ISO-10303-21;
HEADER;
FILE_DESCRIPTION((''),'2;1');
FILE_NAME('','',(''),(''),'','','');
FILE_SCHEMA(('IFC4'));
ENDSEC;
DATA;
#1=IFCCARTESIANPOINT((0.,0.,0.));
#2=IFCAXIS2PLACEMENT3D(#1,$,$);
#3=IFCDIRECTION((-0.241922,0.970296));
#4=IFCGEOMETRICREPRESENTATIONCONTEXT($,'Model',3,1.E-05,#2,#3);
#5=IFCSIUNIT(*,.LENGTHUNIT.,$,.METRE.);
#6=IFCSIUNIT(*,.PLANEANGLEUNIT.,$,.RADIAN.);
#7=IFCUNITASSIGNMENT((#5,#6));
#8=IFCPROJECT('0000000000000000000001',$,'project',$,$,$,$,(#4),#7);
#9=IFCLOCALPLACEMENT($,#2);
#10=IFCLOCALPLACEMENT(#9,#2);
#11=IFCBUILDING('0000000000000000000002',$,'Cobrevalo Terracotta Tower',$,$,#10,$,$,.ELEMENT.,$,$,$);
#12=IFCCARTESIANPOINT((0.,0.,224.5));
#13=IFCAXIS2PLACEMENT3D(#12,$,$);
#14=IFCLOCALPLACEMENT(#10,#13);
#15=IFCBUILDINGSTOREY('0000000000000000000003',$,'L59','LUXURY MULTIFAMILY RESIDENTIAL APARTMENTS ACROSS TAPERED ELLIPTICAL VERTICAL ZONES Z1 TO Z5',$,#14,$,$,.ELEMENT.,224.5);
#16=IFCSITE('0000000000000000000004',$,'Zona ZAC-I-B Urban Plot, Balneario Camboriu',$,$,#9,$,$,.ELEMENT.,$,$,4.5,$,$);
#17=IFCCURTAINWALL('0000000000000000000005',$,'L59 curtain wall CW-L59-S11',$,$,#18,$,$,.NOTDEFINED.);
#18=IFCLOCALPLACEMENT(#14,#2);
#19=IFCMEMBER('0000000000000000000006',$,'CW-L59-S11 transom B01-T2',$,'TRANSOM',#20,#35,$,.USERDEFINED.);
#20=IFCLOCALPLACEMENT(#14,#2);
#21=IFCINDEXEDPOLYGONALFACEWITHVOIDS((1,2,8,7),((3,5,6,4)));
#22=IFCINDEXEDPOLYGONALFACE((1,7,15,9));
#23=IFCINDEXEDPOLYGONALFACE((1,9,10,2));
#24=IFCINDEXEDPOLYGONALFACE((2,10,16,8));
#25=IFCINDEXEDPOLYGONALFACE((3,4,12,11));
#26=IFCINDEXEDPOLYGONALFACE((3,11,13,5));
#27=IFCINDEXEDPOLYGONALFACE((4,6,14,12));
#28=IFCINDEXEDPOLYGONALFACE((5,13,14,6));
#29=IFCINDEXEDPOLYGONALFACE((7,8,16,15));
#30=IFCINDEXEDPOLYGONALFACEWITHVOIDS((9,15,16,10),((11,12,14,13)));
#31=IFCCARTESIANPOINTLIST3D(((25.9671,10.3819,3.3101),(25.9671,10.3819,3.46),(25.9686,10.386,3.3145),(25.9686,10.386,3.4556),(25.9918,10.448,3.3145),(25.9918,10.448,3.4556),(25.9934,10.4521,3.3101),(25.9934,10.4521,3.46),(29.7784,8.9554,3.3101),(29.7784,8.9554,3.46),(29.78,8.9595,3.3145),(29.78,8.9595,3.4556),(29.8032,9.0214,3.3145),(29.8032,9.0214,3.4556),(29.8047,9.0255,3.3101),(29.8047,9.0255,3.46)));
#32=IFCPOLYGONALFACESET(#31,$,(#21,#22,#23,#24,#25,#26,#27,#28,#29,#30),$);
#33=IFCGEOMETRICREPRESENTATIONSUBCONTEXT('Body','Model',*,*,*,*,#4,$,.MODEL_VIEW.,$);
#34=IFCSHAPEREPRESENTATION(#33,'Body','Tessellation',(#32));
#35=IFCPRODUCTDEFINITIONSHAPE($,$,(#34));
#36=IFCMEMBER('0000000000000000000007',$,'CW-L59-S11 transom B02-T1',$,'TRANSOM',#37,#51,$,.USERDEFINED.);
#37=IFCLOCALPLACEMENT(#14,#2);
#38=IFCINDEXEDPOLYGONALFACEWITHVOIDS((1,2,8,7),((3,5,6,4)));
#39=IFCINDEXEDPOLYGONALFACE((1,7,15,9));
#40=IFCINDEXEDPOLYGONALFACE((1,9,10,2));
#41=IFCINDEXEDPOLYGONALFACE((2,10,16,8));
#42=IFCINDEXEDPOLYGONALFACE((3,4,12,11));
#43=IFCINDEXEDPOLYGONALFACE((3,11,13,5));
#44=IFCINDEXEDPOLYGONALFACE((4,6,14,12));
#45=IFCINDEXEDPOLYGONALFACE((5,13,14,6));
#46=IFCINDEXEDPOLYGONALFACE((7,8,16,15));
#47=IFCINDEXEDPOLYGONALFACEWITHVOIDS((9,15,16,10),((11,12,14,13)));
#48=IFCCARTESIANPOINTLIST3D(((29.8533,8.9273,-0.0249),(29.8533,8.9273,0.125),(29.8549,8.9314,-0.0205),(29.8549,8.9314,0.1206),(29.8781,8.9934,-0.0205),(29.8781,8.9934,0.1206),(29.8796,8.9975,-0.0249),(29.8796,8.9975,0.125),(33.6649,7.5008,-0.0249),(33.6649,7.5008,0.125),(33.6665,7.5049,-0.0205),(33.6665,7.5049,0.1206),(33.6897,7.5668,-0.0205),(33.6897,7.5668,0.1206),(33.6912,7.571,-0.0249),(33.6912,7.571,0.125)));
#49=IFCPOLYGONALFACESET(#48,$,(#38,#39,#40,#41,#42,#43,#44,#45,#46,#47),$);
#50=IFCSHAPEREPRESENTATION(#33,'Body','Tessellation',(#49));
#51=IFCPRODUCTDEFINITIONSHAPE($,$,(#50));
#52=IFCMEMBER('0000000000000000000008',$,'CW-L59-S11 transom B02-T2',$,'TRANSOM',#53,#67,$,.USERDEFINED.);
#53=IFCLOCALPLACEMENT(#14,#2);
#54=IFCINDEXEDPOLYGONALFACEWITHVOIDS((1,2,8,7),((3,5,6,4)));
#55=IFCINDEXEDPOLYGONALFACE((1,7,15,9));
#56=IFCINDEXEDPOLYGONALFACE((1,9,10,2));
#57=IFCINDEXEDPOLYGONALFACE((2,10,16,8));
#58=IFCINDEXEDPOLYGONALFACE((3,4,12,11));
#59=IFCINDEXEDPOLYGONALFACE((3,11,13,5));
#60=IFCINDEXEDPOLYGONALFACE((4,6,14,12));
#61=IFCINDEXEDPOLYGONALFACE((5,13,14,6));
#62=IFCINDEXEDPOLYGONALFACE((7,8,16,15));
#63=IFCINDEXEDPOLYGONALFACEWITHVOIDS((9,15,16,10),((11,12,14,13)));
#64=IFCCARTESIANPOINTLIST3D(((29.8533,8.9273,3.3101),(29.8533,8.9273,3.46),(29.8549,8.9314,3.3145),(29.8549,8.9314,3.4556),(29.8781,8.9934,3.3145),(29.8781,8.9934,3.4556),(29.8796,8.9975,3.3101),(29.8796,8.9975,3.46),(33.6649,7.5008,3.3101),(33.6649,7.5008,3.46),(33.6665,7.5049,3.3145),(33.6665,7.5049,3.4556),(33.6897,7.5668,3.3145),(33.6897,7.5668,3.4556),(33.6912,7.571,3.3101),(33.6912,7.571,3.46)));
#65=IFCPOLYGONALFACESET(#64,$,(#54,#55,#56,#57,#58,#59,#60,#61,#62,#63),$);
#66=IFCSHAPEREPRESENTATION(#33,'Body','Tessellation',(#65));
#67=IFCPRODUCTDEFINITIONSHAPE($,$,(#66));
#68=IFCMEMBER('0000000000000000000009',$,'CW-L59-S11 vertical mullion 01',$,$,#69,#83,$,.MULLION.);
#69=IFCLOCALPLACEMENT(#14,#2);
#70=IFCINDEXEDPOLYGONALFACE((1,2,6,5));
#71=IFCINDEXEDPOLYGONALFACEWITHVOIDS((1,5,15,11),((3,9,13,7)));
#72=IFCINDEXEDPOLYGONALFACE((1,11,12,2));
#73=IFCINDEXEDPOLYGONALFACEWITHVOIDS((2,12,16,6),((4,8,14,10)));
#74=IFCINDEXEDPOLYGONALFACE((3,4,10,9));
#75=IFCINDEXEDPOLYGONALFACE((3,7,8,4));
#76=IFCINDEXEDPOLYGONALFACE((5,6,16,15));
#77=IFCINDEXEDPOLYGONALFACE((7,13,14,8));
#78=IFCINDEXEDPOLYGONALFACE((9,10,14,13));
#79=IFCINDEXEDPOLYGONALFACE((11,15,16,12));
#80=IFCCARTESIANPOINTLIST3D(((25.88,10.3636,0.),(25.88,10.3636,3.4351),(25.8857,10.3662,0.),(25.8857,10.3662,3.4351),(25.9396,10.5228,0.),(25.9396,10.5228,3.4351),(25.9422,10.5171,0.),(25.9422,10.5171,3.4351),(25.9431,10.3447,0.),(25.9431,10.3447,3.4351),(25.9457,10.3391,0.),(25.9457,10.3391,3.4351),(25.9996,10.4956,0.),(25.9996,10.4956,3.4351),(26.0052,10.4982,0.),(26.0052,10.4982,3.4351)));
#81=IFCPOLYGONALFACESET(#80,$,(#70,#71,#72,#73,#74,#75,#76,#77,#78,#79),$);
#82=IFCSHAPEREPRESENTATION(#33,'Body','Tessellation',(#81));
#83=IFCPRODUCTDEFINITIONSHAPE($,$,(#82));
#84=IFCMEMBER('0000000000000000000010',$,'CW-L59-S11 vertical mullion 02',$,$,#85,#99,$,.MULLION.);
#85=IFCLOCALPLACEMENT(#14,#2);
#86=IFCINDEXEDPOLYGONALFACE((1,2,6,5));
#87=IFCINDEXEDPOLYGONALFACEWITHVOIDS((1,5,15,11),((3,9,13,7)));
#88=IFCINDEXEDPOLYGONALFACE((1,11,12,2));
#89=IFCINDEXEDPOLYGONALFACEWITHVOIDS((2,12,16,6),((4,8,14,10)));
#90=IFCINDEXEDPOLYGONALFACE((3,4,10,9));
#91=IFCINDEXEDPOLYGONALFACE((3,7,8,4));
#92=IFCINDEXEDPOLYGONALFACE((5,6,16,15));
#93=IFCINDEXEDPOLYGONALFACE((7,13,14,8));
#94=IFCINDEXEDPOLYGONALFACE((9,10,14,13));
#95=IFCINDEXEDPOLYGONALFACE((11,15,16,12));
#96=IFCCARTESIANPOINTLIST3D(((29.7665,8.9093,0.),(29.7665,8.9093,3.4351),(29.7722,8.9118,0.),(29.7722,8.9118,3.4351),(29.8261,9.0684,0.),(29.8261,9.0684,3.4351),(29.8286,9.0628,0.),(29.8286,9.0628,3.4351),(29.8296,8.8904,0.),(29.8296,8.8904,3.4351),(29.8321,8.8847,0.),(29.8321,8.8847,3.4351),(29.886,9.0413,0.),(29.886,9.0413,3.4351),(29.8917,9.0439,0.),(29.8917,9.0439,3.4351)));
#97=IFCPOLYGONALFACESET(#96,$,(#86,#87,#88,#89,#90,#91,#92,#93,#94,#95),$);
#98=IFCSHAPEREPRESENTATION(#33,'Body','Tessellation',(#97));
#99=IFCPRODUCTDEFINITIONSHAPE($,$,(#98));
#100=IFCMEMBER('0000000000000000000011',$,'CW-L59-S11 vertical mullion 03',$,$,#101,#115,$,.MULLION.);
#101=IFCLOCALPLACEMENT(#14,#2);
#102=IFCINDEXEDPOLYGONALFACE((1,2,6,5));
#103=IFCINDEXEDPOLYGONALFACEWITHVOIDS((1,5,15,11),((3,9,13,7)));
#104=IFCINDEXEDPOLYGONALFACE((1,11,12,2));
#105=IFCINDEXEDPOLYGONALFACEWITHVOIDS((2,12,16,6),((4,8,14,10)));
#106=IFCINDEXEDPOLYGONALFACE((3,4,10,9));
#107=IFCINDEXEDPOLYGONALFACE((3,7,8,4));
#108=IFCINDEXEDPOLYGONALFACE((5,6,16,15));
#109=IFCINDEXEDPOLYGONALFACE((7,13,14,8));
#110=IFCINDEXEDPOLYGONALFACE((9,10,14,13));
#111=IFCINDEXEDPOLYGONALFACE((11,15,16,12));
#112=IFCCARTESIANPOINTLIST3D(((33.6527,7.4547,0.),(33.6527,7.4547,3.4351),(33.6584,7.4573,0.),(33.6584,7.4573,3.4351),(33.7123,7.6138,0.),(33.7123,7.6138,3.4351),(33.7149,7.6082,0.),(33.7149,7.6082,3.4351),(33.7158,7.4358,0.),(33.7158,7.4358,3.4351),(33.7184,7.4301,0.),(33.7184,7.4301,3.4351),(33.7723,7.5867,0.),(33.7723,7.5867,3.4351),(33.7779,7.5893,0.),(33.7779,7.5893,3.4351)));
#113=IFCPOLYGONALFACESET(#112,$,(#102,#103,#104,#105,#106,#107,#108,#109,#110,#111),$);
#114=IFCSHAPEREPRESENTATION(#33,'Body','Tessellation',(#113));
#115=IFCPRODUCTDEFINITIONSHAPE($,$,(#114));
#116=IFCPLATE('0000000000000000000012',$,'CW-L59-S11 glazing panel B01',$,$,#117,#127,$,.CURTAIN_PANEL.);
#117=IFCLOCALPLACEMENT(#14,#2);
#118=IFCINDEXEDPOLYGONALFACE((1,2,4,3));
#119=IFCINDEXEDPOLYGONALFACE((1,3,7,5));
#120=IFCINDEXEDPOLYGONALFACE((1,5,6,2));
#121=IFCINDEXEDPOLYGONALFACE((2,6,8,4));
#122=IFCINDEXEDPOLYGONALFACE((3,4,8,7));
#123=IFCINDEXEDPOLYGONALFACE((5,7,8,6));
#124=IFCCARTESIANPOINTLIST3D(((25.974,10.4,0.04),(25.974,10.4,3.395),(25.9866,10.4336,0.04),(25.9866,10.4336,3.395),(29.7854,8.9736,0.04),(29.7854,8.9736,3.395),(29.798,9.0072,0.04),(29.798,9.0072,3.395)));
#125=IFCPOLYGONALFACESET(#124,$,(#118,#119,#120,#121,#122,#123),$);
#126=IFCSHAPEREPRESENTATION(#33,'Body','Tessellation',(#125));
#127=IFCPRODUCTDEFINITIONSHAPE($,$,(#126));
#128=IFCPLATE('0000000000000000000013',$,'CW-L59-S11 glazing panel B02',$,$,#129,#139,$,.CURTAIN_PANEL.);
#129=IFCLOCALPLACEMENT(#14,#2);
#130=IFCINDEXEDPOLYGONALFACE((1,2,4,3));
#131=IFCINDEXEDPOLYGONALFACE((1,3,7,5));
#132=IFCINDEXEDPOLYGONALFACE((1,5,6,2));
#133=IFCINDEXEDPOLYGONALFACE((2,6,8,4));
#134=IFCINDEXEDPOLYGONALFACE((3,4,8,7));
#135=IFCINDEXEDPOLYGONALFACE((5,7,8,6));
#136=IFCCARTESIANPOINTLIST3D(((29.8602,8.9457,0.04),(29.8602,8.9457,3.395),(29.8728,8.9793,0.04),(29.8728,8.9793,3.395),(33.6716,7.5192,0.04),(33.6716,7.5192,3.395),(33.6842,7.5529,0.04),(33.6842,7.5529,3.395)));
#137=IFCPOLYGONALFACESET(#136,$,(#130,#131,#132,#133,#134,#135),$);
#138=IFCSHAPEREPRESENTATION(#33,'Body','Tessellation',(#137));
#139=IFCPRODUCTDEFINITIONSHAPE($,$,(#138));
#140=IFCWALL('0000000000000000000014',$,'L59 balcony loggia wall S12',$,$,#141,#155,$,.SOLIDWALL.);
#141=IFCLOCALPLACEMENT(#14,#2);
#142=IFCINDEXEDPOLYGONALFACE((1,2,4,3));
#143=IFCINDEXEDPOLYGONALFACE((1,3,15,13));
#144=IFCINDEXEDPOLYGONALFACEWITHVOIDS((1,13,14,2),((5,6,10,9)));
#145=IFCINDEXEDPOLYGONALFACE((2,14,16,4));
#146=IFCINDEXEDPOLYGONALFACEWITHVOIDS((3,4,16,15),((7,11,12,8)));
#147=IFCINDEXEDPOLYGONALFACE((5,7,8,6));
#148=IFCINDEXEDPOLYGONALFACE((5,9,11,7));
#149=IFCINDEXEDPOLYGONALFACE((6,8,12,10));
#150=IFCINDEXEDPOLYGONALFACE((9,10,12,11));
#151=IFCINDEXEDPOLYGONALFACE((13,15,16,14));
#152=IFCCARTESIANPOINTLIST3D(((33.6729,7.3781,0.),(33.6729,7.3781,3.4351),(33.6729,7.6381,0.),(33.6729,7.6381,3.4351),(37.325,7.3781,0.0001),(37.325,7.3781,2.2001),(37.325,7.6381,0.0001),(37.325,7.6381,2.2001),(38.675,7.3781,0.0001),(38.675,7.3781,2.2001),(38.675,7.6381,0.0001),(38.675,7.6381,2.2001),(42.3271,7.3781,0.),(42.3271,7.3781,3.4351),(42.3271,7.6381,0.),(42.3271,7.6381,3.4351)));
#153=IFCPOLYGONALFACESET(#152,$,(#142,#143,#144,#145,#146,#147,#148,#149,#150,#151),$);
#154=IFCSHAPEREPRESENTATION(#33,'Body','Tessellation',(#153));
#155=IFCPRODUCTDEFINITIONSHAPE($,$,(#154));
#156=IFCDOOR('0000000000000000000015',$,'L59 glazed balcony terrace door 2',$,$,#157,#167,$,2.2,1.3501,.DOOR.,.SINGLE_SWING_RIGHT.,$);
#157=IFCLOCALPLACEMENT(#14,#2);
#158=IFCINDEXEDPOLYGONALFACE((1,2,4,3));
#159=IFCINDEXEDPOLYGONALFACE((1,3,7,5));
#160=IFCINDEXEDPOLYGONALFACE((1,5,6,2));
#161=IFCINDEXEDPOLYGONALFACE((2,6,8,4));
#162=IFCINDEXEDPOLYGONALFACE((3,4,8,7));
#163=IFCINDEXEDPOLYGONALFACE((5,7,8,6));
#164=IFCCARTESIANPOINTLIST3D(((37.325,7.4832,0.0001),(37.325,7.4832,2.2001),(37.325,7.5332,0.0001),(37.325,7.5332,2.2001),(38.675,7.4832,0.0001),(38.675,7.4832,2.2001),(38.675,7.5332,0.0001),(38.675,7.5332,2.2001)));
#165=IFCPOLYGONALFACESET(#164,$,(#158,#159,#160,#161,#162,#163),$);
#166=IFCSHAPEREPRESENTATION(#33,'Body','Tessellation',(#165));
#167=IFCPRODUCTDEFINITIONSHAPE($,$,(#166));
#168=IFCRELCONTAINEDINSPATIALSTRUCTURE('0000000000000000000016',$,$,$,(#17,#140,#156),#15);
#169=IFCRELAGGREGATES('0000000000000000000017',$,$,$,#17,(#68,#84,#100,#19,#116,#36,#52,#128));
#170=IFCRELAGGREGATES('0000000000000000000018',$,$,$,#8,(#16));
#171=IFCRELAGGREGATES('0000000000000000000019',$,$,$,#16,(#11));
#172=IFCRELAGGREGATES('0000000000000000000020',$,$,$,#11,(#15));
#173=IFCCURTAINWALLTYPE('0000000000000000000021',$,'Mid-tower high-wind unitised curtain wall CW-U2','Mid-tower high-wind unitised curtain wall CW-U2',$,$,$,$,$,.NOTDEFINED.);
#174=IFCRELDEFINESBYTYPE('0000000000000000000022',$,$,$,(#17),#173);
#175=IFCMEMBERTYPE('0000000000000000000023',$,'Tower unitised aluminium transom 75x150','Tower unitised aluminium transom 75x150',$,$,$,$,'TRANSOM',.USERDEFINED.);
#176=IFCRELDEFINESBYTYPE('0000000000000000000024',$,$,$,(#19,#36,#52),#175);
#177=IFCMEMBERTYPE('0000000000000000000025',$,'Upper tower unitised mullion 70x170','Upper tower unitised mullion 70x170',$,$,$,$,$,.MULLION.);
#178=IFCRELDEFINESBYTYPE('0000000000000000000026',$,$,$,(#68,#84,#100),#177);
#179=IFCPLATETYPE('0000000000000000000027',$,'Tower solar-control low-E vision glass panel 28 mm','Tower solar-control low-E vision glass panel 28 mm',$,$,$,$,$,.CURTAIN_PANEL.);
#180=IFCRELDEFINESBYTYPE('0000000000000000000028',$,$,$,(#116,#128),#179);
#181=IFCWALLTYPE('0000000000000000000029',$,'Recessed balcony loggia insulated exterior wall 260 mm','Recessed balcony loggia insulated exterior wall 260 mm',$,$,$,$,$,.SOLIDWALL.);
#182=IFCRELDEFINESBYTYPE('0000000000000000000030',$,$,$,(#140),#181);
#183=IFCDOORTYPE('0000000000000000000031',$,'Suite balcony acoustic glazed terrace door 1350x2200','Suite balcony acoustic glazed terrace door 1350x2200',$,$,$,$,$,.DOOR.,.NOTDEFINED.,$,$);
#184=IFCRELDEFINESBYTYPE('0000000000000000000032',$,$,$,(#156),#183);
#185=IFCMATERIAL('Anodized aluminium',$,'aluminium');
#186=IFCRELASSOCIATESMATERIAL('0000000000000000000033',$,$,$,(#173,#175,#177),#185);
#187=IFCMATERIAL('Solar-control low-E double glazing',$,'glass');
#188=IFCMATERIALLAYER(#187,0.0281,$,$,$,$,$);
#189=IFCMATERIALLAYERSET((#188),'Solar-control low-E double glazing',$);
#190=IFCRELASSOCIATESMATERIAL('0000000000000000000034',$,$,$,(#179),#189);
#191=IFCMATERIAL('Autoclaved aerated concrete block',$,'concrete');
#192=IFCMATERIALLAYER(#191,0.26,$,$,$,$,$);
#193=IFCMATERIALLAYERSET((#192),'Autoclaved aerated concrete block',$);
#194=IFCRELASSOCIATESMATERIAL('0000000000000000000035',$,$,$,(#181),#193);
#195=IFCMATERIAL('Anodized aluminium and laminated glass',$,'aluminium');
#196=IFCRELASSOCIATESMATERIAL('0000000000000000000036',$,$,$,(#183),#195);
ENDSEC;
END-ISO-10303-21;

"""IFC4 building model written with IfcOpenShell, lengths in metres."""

from ifc_helpers import new_model, si_unit, direction, frame, frame_2d, origin, origin_2d, place, context, subcontext, project, spatial, rectangle, hollow_rectangle, extrude, source, transform, mapped, material, layer, layer_set, material_profile, profile_set, type_object, element, fill, aggregate, save


model = new_model("IFC4")

# Units and contexts
model_context = context("Model", 3, precision=1e-05, world=origin(), true_north=direction((-0.241922, 0.970296)))
body_context = subcontext(model_context, "Body", "Model", "MODEL_VIEW")
ifc_project = project(units=[si_unit("LENGTHUNIT", "METRE"), si_unit("PLANEANGLEUNIT", "RADIAN")], contexts=[model_context])

# Site, building, storey
site_placement = place(None, origin())
site = spatial("IfcSite", under=ifc_project, at=site_placement, Name="Zona ZAC-I-B Urban Plot, Balneario Camboriu", CompositionType="ELEMENT", RefElevation=4.5)
building_placement = place(site_placement, origin())
building = spatial("IfcBuilding", under=site, at=building_placement, Name="Cobrevalo Terracotta Tower", CompositionType="ELEMENT")
storey_placement = place(building_placement, frame((0.0, 0.0, 224.5)))
storey = spatial("IfcBuildingStorey", under=building, at=storey_placement, Name="L59", Description="LUXURY MULTIFAMILY RESIDENTIAL APARTMENTS ACROSS TAPERED ELLIPTICAL VERTICAL ZONES Z1 TO Z5", CompositionType="ELEMENT", Elevation=224.5)

# Curtain wall, members, plates
ifc_material_1 = material(Name="Anodized aluminium", Category="aluminium")
curtain_wall_type = type_object("IfcCurtainWallType", Name="Mid-tower high-wind unitised curtain wall CW-U2", Description="Mid-tower high-wind unitised curtain wall CW-U2", PredefinedType="NOTDEFINED", material=ifc_material_1)
curtain_wall_placement = place(storey_placement, origin())
curtain_wall = element("IfcCurtainWall", 1, at=curtain_wall_placement, inside=storey, type_object=curtain_wall_type, Name="L59 curtain wall CW-L59-S11", PredefinedType="NOTDEFINED")
ifc_material_profile_1 = material_profile(ifc_material_1, hollow_rectangle(XDim=0.075, YDim=0.1499, WallThickness=0.0044, at=origin_2d()), Name="CWT 75x150")
ifc_profile_set_1 = profile_set([ifc_material_profile_1], Name="Anodized aluminium")
member_type_1 = type_object("IfcMemberType", Name="Tower unitised aluminium transom 75x150", Description="Tower unitised aluminium transom 75x150", ElementType="TRANSOM", PredefinedType="USERDEFINED", material=ifc_profile_set_1)
shared_shape_1 = source(origin(), body_context, "Body", "SweptSolid", [
    extrude(hollow_rectangle(XDim=0.075, YDim=0.1499, WallThickness=0.0044, at=origin_2d()), origin(), (0.0, 0.0, 1.0), 4.0696),
])
member_1_placement = place(storey_placement, frame((25.9802, 10.417, 3.385), z_axis=(0.936548, -0.350538, 0.0), x_axis=(0.350538, 0.936548, 0.0)))
member_1 = element("IfcMember", 2, at=member_1_placement, type_object=member_type_1, Name="CW-L59-S11 transom B01-T2", ObjectType="TRANSOM", PredefinedType="USERDEFINED", context=body_context, shape_type="MappedRepresentation", body=[
    mapped(shared_shape_1, transform((0.0, 0.0, 0.0), scale=1.0)),
])
shared_shape_2 = source(origin(), body_context, "Body", "SweptSolid", [
    extrude(hollow_rectangle(XDim=0.075, YDim=0.1499, WallThickness=0.0044, at=origin_2d()), origin(), (0.0, 0.0, 1.0), 4.0698),
])
member_2_placement = place(storey_placement, frame((29.8665, 8.9624, 0.05), z_axis=(0.936556, -0.350519, 0.0), x_axis=(0.350519, 0.936556, 0.0)))
member_2 = element("IfcMember", 3, at=member_2_placement, type_object=member_type_1, Name="CW-L59-S11 transom B02-T1", ObjectType="TRANSOM", PredefinedType="USERDEFINED", context=body_context, shape_type="MappedRepresentation", body=[
    mapped(shared_shape_2, transform((0.0, 0.0, 0.0), scale=1.0)),
])
member_3_placement = place(storey_placement, frame((29.8665, 8.9624, 3.385), z_axis=(0.936556, -0.350519, 0.0), x_axis=(0.350519, 0.936556, 0.0)))
member_3 = element("IfcMember", 4, at=member_3_placement, type_object=member_type_1, Name="CW-L59-S11 transom B02-T2", ObjectType="TRANSOM", PredefinedType="USERDEFINED", context=body_context, shape_type="MappedRepresentation", body=[
    mapped(shared_shape_2, transform((0.0, 0.0, 0.0), scale=1.0)),
])
ifc_material_profile_2 = material_profile(ifc_material_1, hollow_rectangle(XDim=0.0701, YDim=0.1699, WallThickness=0.0044, at=origin_2d()), Name="CWM 70x170")
ifc_profile_set_2 = profile_set([ifc_material_profile_2], Name="Anodized aluminium")
member_type_2 = type_object("IfcMemberType", Name="Upper tower unitised mullion 70x170", Description="Upper tower unitised mullion 70x170", PredefinedType="MULLION", material=ifc_profile_set_2)
shared_shape_3 = source(origin(), body_context, "Body", "SweptSolid", [
    extrude(hollow_rectangle(XDim=0.0701, YDim=0.1699, WallThickness=0.0044, at=origin_2d()), origin(), (0.0, 0.0, 1.0), 3.4351),
])
member_4_placement = place(storey_placement, frame((25.9426, 10.4309, 0.0), z_axis=(0.0, 0.0, 1.0), x_axis=(0.936556, -0.350518, 0.0)))
member_4 = element("IfcMember", 5, at=member_4_placement, type_object=member_type_2, Name="CW-L59-S11 vertical mullion 01", PredefinedType="MULLION", context=body_context, shape_type="MappedRepresentation", body=[
    mapped(shared_shape_3, transform((0.0, 0.0, 0.0), scale=1.0)),
])
member_5_placement = place(storey_placement, frame((29.8291, 8.9766, 0.0), z_axis=(0.0, 0.0, 1.0), x_axis=(0.936556, -0.350518, 0.0)))
member_5 = element("IfcMember", 6, at=member_5_placement, type_object=member_type_2, Name="CW-L59-S11 vertical mullion 02", PredefinedType="MULLION", context=body_context, shape_type="MappedRepresentation", body=[
    mapped(shared_shape_3, transform((0.0, 0.0, 0.0), scale=1.0)),
])
member_6_placement = place(storey_placement, frame((33.7153, 7.522, 0.0), z_axis=(0.0, 0.0, 1.0), x_axis=(0.936556, -0.350518, 0.0)))
member_6 = element("IfcMember", 7, at=member_6_placement, type_object=member_type_2, Name="CW-L59-S11 vertical mullion 03", PredefinedType="MULLION", context=body_context, shape_type="MappedRepresentation", body=[
    mapped(shared_shape_3, transform((0.0, 0.0, 0.0), scale=1.0)),
])
ifc_material_2 = material(Name="Solar-control low-E double glazing", Category="glass")
ifc_layer_1 = layer(ifc_material_2, 0.0281)
ifc_layer_set_1 = layer_set([ifc_layer_1], Name="Solar-control low-E double glazing")
plate_type = type_object("IfcPlateType", Name="Tower solar-control low-E vision glass panel 28 mm", Description="Tower solar-control low-E vision glass panel 28 mm", PredefinedType="CURTAIN_PANEL", material=ifc_layer_set_1)
shared_shape_4 = source(origin(), body_context, "Body", "SweptSolid", [
    extrude(rectangle(XDim=4.0696, YDim=0.0359, at=origin_2d()), origin(), (0.0, 0.0, 1.0), 3.355),
])
plate_1_placement = place(storey_placement, frame((27.886, 9.7036, 0.04), z_axis=(0.0, 0.0, 1.0), x_axis=(0.936558, -0.350513, 0.0)))
plate_1 = element("IfcPlate", 8, at=plate_1_placement, type_object=plate_type, Name="CW-L59-S11 glazing panel B01", PredefinedType="CURTAIN_PANEL", context=body_context, shape_type="MappedRepresentation", body=[
    mapped(shared_shape_4, transform((0.0, 0.0, 0.0), scale=1.0)),
])
plate_2_placement = place(storey_placement, frame((31.7722, 8.2493, 0.04), z_axis=(0.0, 0.0, 1.0), x_axis=(0.936558, -0.350513, 0.0)))
plate_2 = element("IfcPlate", 9, at=plate_2_placement, type_object=plate_type, Name="CW-L59-S11 glazing panel B02", PredefinedType="CURTAIN_PANEL", context=body_context, shape_type="MappedRepresentation", body=[
    mapped(shared_shape_4, transform((0.0, 0.0, 0.0), scale=1.0)),
])
aggregate(curtain_wall, [member_4, member_5, member_6, member_1, plate_1, member_2, member_3, plate_2])

# Wall, opening, door
ifc_material_3 = material(Name="Autoclaved aerated concrete block", Category="concrete")
ifc_layer_2 = layer(ifc_material_3, 0.26)
ifc_layer_set_2 = layer_set([ifc_layer_2], Name="Autoclaved aerated concrete block")
wall_type_1 = type_object("IfcWallType", Name="Recessed balcony loggia insulated exterior wall 260 mm", Description="Recessed balcony loggia insulated exterior wall 260 mm", PredefinedType="SOLIDWALL", material=ifc_layer_set_2)
wall_1_placement = place(storey_placement, frame((33.6729, 7.5081, 0.0), z_axis=(0.0, 0.0, 1.0), x_axis=(1.0, 0.0, 0.0)))
wall_1 = element("IfcWall", 10, at=wall_1_placement, inside=storey, type_object=wall_type_1, Name="L59 balcony loggia wall S12", PredefinedType="SOLIDWALL", context=body_context, shape_type="SweptSolid", body=[
    extrude(rectangle(XDim=8.6543, YDim=0.26, at=frame_2d((4.3271, 0.0))), origin(), (0.0, 0.0, 1.0), 3.4351),
])
opening_placement = place(wall_1_placement, frame((3.6521, 0.0, 0.0)))
opening = element("IfcOpeningElement", 11, at=opening_placement, cuts=wall_1, PredefinedType="OPENING", context=body_context, shape_type="SweptSolid", body=[
    extrude(rectangle(XDim=1.3501, YDim=2.2, at=frame_2d((0.675, 1.1001))), frame((0.0, 0.1401, 0.0), z_axis=(0.0, -1.0, 0.0), x_axis=(1.0, 0.0, 0.0)), (0.0, 0.0, 1.0), 0.28),
])
ifc_material_4 = material(Name="Anodized aluminium and laminated glass", Category="aluminium")
door_type = type_object("IfcDoorType", Name="Suite balcony acoustic glazed terrace door 1350x2200", Description="Suite balcony acoustic glazed terrace door 1350x2200", OperationType="NOTDEFINED", PredefinedType="DOOR", material=ifc_material_4)
shared_shape_5 = source(origin(), body_context, "Body", "SweptSolid", [
    extrude(rectangle(XDim=1.3501, YDim=2.2, at=frame_2d((0.675, 1.1001))), frame((0.0, 0.0249, 0.0), z_axis=(0.0, -1.0, 0.0), x_axis=(1.0, 0.0, 0.0)), (0.0, 0.0, 1.0), 0.05),
])
door_placement = place(opening_placement, frame((1.3501, 0.0, 0.0), z_axis=(0.0, 0.0, 1.0), x_axis=(-1.0, 0.0, 0.0)))
door = element("IfcDoor", 12, at=door_placement, inside=storey, type_object=door_type, Name="L59 glazed balcony terrace door 2", OperationType="SINGLE_SWING_RIGHT", OverallHeight=2.2, OverallWidth=1.3501, PredefinedType="DOOR", context=body_context, shape_type="MappedRepresentation", body=[
    mapped(shared_shape_5, transform((0.0, 0.0, 0.0), scale=1.0)),
])
fill(opening, door)

save(model, "model.ifc")
